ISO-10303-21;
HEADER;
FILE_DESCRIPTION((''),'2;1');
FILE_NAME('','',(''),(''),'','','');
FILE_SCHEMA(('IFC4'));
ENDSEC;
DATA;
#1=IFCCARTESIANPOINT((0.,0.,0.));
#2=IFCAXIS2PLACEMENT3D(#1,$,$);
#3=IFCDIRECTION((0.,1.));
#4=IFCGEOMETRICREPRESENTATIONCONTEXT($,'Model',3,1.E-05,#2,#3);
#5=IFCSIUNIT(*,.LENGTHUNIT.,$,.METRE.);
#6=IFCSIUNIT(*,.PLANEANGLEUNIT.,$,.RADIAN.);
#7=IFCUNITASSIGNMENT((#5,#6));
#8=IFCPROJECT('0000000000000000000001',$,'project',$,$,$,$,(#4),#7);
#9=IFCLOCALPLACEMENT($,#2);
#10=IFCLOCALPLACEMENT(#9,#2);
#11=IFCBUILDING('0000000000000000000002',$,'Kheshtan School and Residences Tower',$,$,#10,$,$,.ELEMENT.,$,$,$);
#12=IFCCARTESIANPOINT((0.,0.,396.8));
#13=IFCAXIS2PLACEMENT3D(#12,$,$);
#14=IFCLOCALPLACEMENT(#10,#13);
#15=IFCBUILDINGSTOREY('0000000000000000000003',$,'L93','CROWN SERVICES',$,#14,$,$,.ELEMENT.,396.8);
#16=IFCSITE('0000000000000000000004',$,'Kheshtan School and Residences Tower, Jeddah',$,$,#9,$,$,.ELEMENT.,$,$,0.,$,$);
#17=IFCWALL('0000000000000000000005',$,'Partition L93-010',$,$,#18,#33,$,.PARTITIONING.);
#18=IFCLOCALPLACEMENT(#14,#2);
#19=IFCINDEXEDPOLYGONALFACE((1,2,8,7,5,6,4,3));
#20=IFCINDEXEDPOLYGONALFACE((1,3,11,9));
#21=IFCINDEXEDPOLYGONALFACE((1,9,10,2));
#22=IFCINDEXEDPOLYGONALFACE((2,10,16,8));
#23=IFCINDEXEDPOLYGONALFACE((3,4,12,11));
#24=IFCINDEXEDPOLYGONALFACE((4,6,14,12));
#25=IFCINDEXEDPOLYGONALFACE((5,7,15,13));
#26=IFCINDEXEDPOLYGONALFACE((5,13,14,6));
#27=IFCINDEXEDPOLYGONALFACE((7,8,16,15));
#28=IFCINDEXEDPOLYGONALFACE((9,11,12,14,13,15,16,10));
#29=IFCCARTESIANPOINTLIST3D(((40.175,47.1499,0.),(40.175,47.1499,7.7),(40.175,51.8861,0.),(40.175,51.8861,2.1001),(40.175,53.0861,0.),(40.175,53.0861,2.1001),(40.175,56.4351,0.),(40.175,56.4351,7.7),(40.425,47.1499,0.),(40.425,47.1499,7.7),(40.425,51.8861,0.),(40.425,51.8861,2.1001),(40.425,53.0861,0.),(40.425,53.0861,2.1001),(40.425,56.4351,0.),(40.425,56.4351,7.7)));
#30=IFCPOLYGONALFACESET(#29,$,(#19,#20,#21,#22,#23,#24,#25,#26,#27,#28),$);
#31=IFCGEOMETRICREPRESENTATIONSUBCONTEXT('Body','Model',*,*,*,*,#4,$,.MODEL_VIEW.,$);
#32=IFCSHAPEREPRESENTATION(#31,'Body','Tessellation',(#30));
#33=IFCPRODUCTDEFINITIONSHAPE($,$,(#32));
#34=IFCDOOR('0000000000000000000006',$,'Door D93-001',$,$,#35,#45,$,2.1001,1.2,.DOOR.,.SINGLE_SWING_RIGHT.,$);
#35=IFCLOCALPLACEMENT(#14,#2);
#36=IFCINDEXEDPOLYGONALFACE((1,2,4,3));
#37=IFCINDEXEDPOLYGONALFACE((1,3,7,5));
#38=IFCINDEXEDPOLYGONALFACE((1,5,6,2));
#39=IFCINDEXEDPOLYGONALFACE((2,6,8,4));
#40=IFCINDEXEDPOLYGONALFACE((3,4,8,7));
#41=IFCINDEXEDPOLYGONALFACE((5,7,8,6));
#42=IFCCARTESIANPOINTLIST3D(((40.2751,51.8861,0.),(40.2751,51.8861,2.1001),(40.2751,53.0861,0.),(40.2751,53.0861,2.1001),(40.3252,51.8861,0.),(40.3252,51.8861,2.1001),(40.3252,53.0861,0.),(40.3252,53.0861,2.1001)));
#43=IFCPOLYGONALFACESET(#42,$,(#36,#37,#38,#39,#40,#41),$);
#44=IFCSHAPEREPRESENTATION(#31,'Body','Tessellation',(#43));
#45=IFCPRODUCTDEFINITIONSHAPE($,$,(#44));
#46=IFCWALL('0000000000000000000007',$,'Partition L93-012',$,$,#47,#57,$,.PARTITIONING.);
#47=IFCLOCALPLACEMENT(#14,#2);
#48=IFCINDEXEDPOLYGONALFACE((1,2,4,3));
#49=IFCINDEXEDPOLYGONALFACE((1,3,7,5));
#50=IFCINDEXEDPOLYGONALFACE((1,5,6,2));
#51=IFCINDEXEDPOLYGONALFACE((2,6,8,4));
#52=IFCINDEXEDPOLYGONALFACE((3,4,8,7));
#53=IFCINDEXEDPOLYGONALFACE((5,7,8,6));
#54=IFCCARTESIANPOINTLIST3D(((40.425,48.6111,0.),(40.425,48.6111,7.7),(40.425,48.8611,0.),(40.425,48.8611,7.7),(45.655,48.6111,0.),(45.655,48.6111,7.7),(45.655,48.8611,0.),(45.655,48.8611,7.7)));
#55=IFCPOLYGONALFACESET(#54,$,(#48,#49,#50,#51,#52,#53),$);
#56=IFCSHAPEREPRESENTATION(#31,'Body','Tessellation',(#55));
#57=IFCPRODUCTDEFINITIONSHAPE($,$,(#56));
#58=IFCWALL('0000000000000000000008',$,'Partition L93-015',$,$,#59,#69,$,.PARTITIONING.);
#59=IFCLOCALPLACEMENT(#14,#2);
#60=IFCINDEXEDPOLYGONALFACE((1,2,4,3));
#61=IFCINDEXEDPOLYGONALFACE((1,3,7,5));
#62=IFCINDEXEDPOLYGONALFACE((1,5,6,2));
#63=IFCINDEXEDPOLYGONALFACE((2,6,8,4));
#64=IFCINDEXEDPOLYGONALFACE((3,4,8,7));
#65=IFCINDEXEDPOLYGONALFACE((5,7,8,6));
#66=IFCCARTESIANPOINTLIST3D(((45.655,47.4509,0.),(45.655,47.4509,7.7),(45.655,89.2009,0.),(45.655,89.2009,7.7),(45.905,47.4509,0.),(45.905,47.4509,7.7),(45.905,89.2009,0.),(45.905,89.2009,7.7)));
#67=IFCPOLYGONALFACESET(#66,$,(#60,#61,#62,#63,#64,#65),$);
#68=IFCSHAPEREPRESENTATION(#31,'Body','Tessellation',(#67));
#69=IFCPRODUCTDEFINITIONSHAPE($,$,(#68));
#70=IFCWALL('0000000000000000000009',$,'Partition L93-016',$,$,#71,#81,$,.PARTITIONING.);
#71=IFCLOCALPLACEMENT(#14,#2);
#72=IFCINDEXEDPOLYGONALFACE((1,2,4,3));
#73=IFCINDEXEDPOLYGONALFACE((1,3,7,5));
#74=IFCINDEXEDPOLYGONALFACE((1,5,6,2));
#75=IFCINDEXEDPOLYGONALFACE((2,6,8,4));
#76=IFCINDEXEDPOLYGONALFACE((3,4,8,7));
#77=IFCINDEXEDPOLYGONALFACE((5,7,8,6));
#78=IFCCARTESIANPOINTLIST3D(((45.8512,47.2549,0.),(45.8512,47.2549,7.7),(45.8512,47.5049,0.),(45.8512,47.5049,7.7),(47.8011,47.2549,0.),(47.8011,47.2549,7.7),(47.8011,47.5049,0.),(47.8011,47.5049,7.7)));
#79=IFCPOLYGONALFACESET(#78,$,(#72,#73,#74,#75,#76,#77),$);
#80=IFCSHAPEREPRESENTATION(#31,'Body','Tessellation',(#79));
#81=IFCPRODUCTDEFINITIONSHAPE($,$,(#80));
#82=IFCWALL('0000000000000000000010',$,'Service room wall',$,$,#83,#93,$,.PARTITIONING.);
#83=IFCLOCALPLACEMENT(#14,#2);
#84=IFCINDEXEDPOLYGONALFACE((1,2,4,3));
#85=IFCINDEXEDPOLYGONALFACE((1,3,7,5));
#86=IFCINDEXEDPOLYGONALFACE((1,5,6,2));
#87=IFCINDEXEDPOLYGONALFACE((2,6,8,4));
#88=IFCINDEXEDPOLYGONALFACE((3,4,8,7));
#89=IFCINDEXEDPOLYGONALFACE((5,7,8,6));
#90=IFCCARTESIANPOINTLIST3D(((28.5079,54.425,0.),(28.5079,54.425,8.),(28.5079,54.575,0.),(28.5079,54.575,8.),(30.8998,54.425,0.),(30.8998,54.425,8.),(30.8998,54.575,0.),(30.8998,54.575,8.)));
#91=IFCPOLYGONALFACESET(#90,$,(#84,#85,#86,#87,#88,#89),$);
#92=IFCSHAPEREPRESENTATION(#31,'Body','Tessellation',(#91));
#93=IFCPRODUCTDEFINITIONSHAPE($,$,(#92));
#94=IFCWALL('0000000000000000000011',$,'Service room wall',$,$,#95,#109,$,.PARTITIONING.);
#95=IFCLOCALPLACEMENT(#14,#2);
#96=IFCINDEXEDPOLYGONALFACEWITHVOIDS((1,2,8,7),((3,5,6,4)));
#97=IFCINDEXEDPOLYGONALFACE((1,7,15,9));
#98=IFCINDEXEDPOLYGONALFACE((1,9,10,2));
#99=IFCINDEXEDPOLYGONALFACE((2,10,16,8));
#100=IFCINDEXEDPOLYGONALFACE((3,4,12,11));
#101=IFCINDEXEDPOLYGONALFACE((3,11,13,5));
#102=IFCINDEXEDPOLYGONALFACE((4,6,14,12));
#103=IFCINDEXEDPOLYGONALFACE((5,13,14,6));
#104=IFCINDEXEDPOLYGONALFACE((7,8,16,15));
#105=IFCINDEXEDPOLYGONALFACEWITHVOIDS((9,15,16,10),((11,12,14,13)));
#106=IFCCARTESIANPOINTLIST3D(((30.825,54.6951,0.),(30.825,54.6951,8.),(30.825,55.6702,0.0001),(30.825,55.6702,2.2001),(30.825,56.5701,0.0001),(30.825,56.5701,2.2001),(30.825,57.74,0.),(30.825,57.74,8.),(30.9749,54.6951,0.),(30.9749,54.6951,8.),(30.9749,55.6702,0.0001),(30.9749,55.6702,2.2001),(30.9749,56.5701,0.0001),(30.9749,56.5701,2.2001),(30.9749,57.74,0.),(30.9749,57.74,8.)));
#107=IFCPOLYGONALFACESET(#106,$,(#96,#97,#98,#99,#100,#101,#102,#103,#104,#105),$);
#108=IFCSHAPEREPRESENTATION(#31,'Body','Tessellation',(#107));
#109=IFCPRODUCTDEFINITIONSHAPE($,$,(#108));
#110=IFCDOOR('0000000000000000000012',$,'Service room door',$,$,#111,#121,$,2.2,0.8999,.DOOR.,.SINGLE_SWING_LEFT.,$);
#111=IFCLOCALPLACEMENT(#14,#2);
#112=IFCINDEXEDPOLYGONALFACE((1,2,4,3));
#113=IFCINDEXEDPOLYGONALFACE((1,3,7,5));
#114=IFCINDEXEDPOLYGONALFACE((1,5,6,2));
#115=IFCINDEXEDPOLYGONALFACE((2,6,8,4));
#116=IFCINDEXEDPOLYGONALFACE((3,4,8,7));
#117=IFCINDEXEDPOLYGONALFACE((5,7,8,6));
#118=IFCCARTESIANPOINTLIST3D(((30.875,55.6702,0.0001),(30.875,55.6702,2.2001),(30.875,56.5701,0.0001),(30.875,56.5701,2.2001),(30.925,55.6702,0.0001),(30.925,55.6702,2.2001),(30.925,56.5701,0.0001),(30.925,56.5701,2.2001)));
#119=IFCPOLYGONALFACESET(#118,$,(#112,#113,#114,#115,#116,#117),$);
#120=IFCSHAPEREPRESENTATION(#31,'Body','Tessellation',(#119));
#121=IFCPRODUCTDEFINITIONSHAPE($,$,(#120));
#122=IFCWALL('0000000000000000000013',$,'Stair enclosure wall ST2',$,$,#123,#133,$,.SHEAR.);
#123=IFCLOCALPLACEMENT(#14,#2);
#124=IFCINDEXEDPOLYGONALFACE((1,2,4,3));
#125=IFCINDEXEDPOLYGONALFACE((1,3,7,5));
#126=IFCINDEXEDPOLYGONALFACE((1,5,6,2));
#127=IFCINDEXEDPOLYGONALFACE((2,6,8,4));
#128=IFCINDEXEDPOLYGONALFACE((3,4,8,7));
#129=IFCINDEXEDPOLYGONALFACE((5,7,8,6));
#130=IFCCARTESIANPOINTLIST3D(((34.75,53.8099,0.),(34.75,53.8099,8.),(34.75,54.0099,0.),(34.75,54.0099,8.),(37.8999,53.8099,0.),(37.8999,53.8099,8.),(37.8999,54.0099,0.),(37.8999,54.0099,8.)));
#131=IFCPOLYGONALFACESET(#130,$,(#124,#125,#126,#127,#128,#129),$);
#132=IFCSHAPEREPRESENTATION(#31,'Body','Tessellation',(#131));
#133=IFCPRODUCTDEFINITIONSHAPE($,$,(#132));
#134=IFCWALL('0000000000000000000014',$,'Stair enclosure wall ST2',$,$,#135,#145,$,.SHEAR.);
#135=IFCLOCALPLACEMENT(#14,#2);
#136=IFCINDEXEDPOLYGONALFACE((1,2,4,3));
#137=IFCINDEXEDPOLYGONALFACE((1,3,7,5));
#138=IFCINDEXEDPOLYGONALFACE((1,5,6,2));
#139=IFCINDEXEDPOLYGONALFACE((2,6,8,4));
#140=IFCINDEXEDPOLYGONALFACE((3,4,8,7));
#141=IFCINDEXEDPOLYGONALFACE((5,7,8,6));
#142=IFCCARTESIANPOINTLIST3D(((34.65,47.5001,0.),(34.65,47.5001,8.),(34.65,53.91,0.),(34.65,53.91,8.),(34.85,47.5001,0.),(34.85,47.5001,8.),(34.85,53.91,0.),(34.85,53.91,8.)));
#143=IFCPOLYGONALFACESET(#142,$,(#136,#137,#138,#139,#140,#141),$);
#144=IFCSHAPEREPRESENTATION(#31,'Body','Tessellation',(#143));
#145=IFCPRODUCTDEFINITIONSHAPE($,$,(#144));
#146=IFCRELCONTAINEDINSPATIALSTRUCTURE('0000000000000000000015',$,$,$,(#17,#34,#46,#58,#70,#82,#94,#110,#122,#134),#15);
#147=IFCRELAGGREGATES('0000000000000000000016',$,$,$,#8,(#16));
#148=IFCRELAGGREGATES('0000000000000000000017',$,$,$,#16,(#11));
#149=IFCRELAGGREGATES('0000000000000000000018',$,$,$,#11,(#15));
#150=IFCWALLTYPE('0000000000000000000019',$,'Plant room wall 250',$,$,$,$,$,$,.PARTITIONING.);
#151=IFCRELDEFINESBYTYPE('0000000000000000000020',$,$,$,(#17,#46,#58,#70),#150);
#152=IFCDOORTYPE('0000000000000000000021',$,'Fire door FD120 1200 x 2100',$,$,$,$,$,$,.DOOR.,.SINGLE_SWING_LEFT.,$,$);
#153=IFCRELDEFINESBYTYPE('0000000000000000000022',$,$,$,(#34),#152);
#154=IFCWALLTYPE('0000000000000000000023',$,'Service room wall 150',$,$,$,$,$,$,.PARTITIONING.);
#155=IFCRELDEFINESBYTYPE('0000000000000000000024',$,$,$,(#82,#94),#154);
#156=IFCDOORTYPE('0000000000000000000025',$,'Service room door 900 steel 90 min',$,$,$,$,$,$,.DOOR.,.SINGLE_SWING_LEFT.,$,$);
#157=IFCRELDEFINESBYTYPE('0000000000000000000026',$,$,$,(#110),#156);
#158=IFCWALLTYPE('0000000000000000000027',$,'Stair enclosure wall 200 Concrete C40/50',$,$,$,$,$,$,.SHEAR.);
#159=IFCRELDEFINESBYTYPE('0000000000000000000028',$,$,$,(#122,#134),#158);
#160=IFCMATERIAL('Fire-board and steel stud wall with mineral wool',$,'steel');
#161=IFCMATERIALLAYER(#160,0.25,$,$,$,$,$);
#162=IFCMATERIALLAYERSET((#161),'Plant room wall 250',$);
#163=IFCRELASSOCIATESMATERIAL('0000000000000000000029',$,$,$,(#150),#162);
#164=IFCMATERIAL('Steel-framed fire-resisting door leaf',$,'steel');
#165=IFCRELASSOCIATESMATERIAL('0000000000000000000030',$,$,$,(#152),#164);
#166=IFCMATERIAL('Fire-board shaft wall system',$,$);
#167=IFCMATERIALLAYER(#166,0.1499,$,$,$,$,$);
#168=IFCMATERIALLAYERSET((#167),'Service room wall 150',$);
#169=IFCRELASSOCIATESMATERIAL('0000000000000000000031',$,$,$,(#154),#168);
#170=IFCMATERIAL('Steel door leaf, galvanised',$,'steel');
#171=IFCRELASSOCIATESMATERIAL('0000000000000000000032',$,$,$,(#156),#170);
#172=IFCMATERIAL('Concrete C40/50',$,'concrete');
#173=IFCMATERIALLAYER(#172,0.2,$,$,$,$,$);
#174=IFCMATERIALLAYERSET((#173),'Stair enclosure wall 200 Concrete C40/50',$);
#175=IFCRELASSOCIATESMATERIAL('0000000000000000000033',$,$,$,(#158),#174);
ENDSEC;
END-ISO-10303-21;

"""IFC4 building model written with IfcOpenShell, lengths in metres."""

from ifc_helpers import new_model, si_unit, direction, frame, frame_2d, origin, place, context, subcontext, project, spatial, rectangle, extrude, source, transform, mapped, material, layer, layer_set, type_object, element, fill, save


model = new_model("IFC4")

# Units and contexts
model_context = context("Model", 3, precision=1e-05, world=origin(), true_north=direction((0.0, 1.0)))
body_context = subcontext(model_context, "Body", "Model", "MODEL_VIEW")
ifc_project = project(units=[si_unit("LENGTHUNIT", "METRE"), si_unit("PLANEANGLEUNIT", "RADIAN")], contexts=[model_context])

# Site, building, storey
site_placement = place(None, origin())
site = spatial("IfcSite", under=ifc_project, at=site_placement, Name="Kheshtan School and Residences Tower, Jeddah", CompositionType="ELEMENT", RefElevation=0.0)
building_placement = place(site_placement, origin())
building = spatial("IfcBuilding", under=site, at=building_placement, Name="Kheshtan School and Residences Tower", CompositionType="ELEMENT")
storey_placement = place(building_placement, frame((0.0, 0.0, 396.8)))
storey = spatial("IfcBuildingStorey", under=building, at=storey_placement, Name="L93", Description="CROWN SERVICES", CompositionType="ELEMENT", Elevation=396.8)

# Shared definitions
ifc_material_1 = material(Name="Fire-board and steel stud wall with mineral wool", Category="steel")
ifc_layer_1 = layer(ifc_material_1, 0.25)
ifc_layer_set_1 = layer_set([ifc_layer_1], Name="Plant room wall 250")
wall_type_1 = type_object("IfcWallType", Name="Plant room wall 250", PredefinedType="PARTITIONING", material=ifc_layer_set_1)

# Wall, opening, door
wall_1_placement = place(storey_placement, frame((40.3, 47.1499, 0.0), z_axis=(0.0, 0.0, 1.0), x_axis=(0.0, 1.0, 0.0)))
wall_1 = element("IfcWall", 1, at=wall_1_placement, inside=storey, type_object=wall_type_1, Name="Partition L93-010", PredefinedType="PARTITIONING", context=body_context, shape_type="SweptSolid", body=[
    extrude(rectangle(XDim=9.2852, YDim=0.25, at=frame_2d((4.6426, 0.0))), origin(), (0.0, 0.0, 1.0), 7.7),
])
opening_1_placement = place(wall_1_placement, frame((4.7361, 0.0, 0.0)))
opening_1 = element("IfcOpeningElement", 2, at=opening_1_placement, cuts=wall_1, PredefinedType="OPENING", context=body_context, shape_type="SweptSolid", body=[
    extrude(rectangle(XDim=1.2, YDim=2.1001, at=frame_2d((0.6001, 1.05))), frame((0.0, 0.135, 0.0), z_axis=(0.0, -1.0, 0.0), x_axis=(1.0, 0.0, 0.0)), (0.0, 0.0, 1.0), 0.27),
])
ifc_material_2 = material(Name="Steel-framed fire-resisting door leaf", Category="steel")
door_type_1 = type_object("IfcDoorType", Name="Fire door FD120 1200 x 2100", OperationType="SINGLE_SWING_LEFT", PredefinedType="DOOR", material=ifc_material_2)
shared_shape_1 = source(origin(), body_context, "Body", "SweptSolid", [
    extrude(rectangle(XDim=1.2, YDim=2.1001, at=frame_2d((0.6001, 1.05))), frame((0.0, 0.0249, 0.0), z_axis=(0.0, -1.0, 0.0), x_axis=(1.0, 0.0, 0.0)), (0.0, 0.0, 1.0), 0.05),
])
door_1_placement = place(opening_1_placement, origin())
door_1 = element("IfcDoor", 3, at=door_1_placement, inside=storey, type_object=door_type_1, Name="Door D93-001", OperationType="SINGLE_SWING_RIGHT", OverallHeight=2.1001, OverallWidth=1.2, PredefinedType="DOOR", context=body_context, shape_type="MappedRepresentation", body=[
    mapped(shared_shape_1, transform((0.0, 0.0, 0.0), x_axis=(1.0, 0.0, 0.0), y_axis=(0.0, 1.0, 0.0), z_axis=(0.0, 0.0, 1.0), scale=1.0)),
])
fill(opening_1, door_1)

# Walls
wall_2_placement = place(storey_placement, frame((40.425, 48.7361, 0.0), z_axis=(0.0, 0.0, 1.0), x_axis=(1.0, 0.0, 0.0)))
element("IfcWall", 4, at=wall_2_placement, inside=storey, type_object=wall_type_1, Name="Partition L93-012", PredefinedType="PARTITIONING", context=body_context, shape_type="SweptSolid", body=[
    extrude(rectangle(XDim=5.23, YDim=0.25, at=frame_2d((2.615, 0.0))), origin(), (0.0, 0.0, 1.0), 7.7),
])
wall_3_placement = place(storey_placement, frame((45.78, 47.4509, 0.0), z_axis=(0.0, 0.0, 1.0), x_axis=(0.0, 1.0, 0.0)))
element("IfcWall", 5, at=wall_3_placement, inside=storey, type_object=wall_type_1, Name="Partition L93-015", PredefinedType="PARTITIONING", context=body_context, shape_type="SweptSolid", body=[
    extrude(rectangle(XDim=41.75, YDim=0.25, at=frame_2d((20.875, 0.0))), origin(), (0.0, 0.0, 1.0), 7.7),
])
wall_4_placement = place(storey_placement, frame((45.8511, 47.3799, 0.0), z_axis=(0.0, 0.0, 1.0), x_axis=(1.0, 0.0, 0.0)))
element("IfcWall", 6, at=wall_4_placement, inside=storey, type_object=wall_type_1, Name="Partition L93-016", PredefinedType="PARTITIONING", context=body_context, shape_type="SweptSolid", body=[
    extrude(rectangle(XDim=1.95, YDim=0.25, at=frame_2d((0.9751, 0.0))), origin(), (0.0, 0.0, 1.0), 7.7),
])
ifc_material_3 = material(Name="Fire-board shaft wall system")
ifc_layer_2 = layer(ifc_material_3, 0.1499)
ifc_layer_set_2 = layer_set([ifc_layer_2], Name="Service room wall 150")
wall_type_2 = type_object("IfcWallType", Name="Service room wall 150", PredefinedType="PARTITIONING", material=ifc_layer_set_2)
wall_5_placement = place(storey_placement, frame((28.5081, 54.5, 0.0), z_axis=(0.0, 0.0, 1.0), x_axis=(1.0, 0.0, 0.0)))
element("IfcWall", 7, at=wall_5_placement, inside=storey, type_object=wall_type_2, Name="Service room wall", PredefinedType="PARTITIONING", context=body_context, shape_type="SweptSolid", body=[
    extrude(rectangle(XDim=2.3918, YDim=0.1499, at=frame_2d((1.1958, 0.0))), origin(), (0.0, 0.0, 1.0), 8.0),
])

# Wall, opening, door
wall_6_placement = place(storey_placement, frame((30.8999, 54.6951, 0.0), z_axis=(0.0, 0.0, 1.0), x_axis=(0.0, 1.0, 0.0)))
wall_6 = element("IfcWall", 8, at=wall_6_placement, inside=storey, type_object=wall_type_2, Name="Service room wall", PredefinedType="PARTITIONING", context=body_context, shape_type="SweptSolid", body=[
    extrude(rectangle(XDim=3.0449, YDim=0.1499, at=frame_2d((1.5225, 0.0))), origin(), (0.0, 0.0, 1.0), 8.0),
])
opening_2_placement = place(wall_6_placement, frame((0.9751, 0.0, 0.0)))
opening_2 = element("IfcOpeningElement", 9, at=opening_2_placement, cuts=wall_6, PredefinedType="OPENING", context=body_context, shape_type="SweptSolid", body=[
    extrude(rectangle(XDim=0.8999, YDim=2.2, at=frame_2d((0.45, 1.1001))), frame((0.0, 0.085, 0.0), z_axis=(0.0, -1.0, 0.0), x_axis=(1.0, 0.0, 0.0)), (0.0, 0.0, 1.0), 0.1699),
])
ifc_material_4 = material(Name="Steel door leaf, galvanised", Category="steel")
door_type_2 = type_object("IfcDoorType", Name="Service room door 900 steel 90 min", OperationType="SINGLE_SWING_LEFT", PredefinedType="DOOR", material=ifc_material_4)
shared_shape_2 = source(origin(), body_context, "Body", "SweptSolid", [
    extrude(rectangle(XDim=0.8999, YDim=2.2, at=frame_2d((0.45, 1.1001))), frame((0.0, 0.0249, 0.0), z_axis=(0.0, -1.0, 0.0), x_axis=(1.0, 0.0, 0.0)), (0.0, 0.0, 1.0), 0.05),
])
door_2_placement = place(opening_2_placement, origin())
door_2 = element("IfcDoor", 10, at=door_2_placement, inside=storey, type_object=door_type_2, Name="Service room door", OperationType="SINGLE_SWING_LEFT", OverallHeight=2.2, OverallWidth=0.8999, PredefinedType="DOOR", context=body_context, shape_type="MappedRepresentation", body=[
    mapped(shared_shape_2, transform((0.0, 0.0, 0.0), x_axis=(1.0, 0.0, 0.0), y_axis=(0.0, 1.0, 0.0), z_axis=(0.0, 0.0, 1.0), scale=1.0)),
])
fill(opening_2, door_2)

# Walls
ifc_material_5 = material(Name="Concrete C40/50", Category="concrete")
ifc_layer_3 = layer(ifc_material_5, 0.2)
ifc_layer_set_3 = layer_set([ifc_layer_3], Name="Stair enclosure wall 200 Concrete C40/50")
wall_type_3 = type_object("IfcWallType", Name="Stair enclosure wall 200 Concrete C40/50", PredefinedType="SHEAR", material=ifc_layer_set_3)
wall_7_placement = place(storey_placement, frame((34.75, 53.9099, 0.0), z_axis=(0.0, 0.0, 1.0), x_axis=(1.0, 0.0, 0.0)))
element("IfcWall", 11, at=wall_7_placement, inside=storey, type_object=wall_type_3, Name="Stair enclosure wall ST2", PredefinedType="SHEAR", context=body_context, shape_type="SweptSolid", body=[
    extrude(rectangle(XDim=3.1499, YDim=0.2, at=frame_2d((1.575, 0.0))), origin(), (0.0, 0.0, 1.0), 8.0),
])
wall_8_placement = place(storey_placement, frame((34.75, 47.5, 0.0), z_axis=(0.0, 0.0, 1.0), x_axis=(0.0, 1.0, 0.0)))
element("IfcWall", 12, at=wall_8_placement, inside=storey, type_object=wall_type_3, Name="Stair enclosure wall ST2", PredefinedType="SHEAR", context=body_context, shape_type="SweptSolid", body=[
    extrude(rectangle(XDim=6.4099, YDim=0.2, at=frame_2d((3.2051, 0.0))), origin(), (0.0, 0.0, 1.0), 8.0),
])

save(model, "model.ifc")
